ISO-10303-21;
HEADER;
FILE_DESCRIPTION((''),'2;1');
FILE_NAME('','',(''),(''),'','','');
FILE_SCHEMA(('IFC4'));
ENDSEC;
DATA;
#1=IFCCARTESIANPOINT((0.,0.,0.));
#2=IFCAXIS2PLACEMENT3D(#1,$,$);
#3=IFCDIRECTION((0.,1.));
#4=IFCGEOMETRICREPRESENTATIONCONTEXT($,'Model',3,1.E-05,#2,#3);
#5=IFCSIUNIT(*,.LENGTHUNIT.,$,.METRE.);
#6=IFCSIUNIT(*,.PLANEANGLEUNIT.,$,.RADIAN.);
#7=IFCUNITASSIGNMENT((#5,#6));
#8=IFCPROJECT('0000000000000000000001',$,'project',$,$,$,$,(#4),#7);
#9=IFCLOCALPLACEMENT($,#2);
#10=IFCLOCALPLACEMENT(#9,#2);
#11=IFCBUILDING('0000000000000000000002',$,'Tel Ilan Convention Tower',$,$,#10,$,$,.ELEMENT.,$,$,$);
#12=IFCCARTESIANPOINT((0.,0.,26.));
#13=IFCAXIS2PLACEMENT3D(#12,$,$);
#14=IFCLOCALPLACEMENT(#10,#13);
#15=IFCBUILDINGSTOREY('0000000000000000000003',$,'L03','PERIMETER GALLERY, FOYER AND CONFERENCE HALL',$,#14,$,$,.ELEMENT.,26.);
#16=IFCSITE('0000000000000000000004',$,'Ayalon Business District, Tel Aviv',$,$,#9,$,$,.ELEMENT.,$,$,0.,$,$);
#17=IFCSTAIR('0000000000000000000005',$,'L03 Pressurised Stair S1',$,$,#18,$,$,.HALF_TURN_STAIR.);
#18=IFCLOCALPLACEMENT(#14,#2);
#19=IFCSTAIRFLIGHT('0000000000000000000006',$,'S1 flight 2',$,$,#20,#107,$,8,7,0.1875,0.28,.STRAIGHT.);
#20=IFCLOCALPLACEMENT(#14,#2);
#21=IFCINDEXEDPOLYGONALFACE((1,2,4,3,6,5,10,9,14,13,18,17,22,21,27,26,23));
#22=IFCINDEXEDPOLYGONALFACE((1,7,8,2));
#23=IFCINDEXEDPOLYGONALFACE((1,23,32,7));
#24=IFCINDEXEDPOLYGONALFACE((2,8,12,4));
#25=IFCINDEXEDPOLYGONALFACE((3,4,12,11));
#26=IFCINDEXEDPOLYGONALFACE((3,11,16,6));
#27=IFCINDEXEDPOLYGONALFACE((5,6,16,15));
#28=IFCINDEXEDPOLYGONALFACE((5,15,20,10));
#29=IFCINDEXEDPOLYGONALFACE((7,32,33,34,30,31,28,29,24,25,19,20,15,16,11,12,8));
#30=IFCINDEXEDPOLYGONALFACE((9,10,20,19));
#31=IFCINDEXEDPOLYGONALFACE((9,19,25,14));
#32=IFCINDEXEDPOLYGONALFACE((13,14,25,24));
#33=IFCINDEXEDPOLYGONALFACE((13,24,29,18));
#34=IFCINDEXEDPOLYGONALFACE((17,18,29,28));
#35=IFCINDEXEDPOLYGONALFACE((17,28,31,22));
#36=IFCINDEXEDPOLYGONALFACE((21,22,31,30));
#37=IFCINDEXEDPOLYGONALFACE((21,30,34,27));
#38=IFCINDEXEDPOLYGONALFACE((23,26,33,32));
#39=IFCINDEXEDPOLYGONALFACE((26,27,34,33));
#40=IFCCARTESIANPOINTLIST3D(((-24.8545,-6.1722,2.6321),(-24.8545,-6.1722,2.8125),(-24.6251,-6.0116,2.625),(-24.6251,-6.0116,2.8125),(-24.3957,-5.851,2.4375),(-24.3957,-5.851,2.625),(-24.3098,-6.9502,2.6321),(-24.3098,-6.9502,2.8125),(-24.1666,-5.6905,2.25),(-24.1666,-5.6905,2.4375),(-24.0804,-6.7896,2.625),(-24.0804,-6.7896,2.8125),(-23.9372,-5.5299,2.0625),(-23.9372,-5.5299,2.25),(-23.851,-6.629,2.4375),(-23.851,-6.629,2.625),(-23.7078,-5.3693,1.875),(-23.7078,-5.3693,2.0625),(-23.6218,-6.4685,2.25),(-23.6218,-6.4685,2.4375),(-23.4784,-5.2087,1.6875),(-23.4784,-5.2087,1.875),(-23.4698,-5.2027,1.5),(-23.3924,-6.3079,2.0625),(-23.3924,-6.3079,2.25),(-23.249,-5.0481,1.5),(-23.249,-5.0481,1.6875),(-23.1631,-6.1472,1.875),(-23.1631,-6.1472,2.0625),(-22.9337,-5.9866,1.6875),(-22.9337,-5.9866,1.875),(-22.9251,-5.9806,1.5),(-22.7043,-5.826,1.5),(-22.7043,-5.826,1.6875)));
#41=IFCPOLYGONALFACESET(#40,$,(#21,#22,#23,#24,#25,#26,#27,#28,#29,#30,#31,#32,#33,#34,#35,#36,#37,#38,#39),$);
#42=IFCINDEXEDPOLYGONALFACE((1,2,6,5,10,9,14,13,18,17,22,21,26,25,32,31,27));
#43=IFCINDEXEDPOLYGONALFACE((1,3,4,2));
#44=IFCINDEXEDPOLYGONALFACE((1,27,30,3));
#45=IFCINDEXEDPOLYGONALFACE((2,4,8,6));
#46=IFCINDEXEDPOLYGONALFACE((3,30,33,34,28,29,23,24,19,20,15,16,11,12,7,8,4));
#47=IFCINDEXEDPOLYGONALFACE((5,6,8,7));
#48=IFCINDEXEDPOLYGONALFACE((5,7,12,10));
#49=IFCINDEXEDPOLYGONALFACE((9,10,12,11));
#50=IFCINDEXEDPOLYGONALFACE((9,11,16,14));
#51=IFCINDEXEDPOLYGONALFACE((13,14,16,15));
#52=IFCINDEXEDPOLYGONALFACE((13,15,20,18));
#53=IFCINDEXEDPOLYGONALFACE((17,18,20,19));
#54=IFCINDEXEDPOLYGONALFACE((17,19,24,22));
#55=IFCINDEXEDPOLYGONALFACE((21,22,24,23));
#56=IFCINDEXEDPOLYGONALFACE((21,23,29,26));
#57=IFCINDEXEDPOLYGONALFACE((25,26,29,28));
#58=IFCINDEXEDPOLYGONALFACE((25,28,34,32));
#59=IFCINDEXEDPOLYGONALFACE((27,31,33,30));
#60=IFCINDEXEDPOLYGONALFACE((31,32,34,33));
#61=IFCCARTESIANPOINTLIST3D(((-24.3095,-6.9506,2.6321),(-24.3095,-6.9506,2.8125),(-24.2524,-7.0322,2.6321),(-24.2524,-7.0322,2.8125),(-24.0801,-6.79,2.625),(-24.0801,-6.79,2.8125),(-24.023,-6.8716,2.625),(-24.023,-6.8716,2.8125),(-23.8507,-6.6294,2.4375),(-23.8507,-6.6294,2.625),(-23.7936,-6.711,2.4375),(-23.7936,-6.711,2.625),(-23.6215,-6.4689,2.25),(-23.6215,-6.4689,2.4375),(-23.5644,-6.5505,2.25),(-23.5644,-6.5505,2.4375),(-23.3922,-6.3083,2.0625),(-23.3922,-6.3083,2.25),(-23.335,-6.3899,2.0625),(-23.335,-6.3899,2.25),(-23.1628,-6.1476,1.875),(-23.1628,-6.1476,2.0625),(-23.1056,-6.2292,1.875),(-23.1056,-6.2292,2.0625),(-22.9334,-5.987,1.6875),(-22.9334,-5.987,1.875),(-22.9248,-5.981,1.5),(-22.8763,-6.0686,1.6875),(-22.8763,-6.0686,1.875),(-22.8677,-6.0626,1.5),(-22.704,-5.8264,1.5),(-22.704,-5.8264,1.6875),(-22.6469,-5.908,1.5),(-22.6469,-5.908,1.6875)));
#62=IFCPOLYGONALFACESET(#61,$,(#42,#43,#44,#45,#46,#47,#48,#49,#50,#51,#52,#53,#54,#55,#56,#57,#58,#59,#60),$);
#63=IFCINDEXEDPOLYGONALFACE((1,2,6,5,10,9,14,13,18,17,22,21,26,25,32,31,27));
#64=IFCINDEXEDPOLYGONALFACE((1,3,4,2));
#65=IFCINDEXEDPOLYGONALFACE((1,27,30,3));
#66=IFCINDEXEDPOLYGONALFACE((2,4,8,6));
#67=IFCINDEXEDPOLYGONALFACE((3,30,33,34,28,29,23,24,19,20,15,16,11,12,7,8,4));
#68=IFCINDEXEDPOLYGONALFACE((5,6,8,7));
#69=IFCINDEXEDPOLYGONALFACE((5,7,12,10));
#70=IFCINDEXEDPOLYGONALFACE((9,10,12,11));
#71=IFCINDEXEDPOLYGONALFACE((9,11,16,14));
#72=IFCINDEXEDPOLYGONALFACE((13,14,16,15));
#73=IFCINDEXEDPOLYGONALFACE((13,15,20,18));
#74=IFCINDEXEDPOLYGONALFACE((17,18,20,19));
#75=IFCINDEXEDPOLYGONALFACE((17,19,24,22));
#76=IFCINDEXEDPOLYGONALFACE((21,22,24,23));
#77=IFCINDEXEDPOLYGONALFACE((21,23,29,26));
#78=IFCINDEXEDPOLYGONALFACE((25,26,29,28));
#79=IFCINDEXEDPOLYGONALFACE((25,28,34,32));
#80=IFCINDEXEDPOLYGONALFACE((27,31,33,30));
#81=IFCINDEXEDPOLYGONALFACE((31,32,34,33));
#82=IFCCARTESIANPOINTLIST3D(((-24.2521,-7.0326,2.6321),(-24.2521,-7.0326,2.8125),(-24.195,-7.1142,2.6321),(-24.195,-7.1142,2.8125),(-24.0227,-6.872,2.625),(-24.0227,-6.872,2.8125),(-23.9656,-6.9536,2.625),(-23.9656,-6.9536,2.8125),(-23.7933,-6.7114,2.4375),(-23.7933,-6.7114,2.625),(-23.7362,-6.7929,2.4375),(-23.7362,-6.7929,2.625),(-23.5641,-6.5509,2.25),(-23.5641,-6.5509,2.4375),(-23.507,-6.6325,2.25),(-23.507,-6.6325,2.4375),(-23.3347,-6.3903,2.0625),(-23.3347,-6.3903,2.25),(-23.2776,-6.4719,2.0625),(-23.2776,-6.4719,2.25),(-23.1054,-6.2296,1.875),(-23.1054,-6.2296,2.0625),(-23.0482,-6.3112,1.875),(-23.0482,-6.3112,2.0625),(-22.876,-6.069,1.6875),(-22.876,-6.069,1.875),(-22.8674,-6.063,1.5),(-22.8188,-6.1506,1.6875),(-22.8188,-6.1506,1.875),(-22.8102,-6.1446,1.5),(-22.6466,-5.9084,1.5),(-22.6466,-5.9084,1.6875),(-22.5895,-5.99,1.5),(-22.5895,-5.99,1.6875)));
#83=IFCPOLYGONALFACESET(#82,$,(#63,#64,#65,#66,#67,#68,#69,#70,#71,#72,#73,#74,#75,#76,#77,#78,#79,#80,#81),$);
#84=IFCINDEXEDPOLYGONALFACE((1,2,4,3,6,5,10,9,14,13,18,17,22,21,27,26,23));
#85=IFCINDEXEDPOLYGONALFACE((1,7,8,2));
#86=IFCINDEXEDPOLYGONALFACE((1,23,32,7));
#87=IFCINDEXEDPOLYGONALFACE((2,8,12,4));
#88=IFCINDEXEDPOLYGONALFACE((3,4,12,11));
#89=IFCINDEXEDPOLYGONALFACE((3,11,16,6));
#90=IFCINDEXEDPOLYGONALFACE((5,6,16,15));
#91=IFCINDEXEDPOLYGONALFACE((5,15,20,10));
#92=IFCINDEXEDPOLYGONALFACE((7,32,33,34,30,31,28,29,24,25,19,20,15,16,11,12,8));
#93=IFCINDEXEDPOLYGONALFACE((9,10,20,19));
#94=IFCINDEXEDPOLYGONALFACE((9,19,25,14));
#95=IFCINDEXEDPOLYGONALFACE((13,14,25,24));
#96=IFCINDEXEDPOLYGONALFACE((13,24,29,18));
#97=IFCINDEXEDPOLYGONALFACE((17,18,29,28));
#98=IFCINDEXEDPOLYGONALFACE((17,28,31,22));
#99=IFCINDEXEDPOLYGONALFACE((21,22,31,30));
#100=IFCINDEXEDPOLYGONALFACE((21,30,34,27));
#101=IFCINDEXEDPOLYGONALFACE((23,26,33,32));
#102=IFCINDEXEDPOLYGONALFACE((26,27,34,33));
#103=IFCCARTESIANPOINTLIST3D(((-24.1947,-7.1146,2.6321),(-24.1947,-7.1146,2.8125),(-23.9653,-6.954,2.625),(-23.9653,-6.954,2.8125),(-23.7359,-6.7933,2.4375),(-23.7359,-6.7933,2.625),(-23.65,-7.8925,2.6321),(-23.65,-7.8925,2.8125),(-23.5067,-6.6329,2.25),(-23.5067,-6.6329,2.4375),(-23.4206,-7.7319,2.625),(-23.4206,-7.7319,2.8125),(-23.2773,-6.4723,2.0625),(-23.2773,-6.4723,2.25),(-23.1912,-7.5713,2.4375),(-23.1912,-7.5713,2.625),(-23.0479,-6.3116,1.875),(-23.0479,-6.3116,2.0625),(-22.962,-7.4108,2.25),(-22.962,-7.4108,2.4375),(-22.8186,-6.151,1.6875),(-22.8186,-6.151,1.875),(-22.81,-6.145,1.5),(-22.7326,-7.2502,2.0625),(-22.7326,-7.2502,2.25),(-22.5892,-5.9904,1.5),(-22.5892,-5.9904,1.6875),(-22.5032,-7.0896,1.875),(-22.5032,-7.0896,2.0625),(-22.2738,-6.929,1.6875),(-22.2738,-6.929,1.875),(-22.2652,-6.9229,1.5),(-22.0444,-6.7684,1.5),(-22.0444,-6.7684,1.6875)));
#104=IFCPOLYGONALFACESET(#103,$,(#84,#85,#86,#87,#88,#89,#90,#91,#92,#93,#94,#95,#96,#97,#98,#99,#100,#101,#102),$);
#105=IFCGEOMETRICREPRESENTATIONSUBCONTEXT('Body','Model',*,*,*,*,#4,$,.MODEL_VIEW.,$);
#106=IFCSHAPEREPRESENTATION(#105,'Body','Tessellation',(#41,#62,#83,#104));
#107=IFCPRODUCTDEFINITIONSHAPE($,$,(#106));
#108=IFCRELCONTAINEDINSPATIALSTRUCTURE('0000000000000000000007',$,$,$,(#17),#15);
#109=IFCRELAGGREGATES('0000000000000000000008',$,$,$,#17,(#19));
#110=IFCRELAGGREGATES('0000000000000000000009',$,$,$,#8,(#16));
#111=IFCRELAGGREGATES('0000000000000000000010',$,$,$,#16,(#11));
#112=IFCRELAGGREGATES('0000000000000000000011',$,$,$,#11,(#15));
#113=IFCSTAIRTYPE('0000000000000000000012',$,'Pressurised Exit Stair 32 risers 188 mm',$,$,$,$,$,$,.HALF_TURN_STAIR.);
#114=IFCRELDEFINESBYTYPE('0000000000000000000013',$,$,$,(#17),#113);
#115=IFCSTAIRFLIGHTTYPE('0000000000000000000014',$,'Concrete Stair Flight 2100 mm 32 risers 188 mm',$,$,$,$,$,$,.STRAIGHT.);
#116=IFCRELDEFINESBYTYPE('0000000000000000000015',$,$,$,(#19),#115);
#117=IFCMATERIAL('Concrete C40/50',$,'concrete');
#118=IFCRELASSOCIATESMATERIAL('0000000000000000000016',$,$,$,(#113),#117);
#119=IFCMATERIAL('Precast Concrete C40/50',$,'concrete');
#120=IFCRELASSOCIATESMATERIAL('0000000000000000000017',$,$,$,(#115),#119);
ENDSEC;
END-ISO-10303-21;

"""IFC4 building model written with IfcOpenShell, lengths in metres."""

from ifc_helpers import new_model, si_unit, direction, frame, origin, place, context, subcontext, project, spatial, polyline, outline, extrude, material, type_object, element, aggregate, save


model = new_model("IFC4")

# Units and contexts
model_context = context("Model", 3, precision=1e-05, world=origin(), true_north=direction((0.0, 1.0)))
body_context = subcontext(model_context, "Body", "Model", "MODEL_VIEW")
ifc_project = project(units=[si_unit("LENGTHUNIT", "METRE"), si_unit("PLANEANGLEUNIT", "RADIAN")], contexts=[model_context])

# Site, building, storey
site_placement = place(None, origin())
site = spatial("IfcSite", under=ifc_project, at=site_placement, Name="Ayalon Business District, Tel Aviv", CompositionType="ELEMENT", RefElevation=0.0)
building_placement = place(site_placement, origin())
building = spatial("IfcBuilding", under=site, at=building_placement, Name="Tel Ilan Convention Tower", CompositionType="ELEMENT")
storey_placement = place(building_placement, frame((0.0, 0.0, 26.0)))
storey = spatial("IfcBuildingStorey", under=building, at=storey_placement, Name="L03", Description="PERIMETER GALLERY, FOYER AND CONFERENCE HALL", CompositionType="ELEMENT", Elevation=26.0)

# Stair, stair flight
ifc_material_1 = material(Name="Concrete C40/50", Category="concrete")
stair_type = type_object("IfcStairType", Name="Pressurised Exit Stair 32 risers 188 mm", PredefinedType="HALF_TURN_STAIR", material=ifc_material_1)
stair_placement = place(storey_placement, origin())
stair = element("IfcStair", 1, at=stair_placement, inside=storey, type_object=stair_type, Name="L03 Pressurised Stair S1", PredefinedType="HALF_TURN_STAIR")
ifc_material_2 = material(Name="Precast Concrete C40/50", Category="concrete")
stair_flight_type = type_object("IfcStairFlightType", Name="Concrete Stair Flight 2100 mm 32 risers 188 mm", PredefinedType="STRAIGHT", material=ifc_material_2)
stair_flight_1_placement = place(storey_placement, frame((-22.6467, -5.9082, 1.5), z_axis=(0.0, 0.0, 1.0), x_axis=(-0.819152, -0.573576, 0.0)))
stair_flight_1 = element("IfcStairFlight", 2, at=stair_flight_1_placement, type_object=stair_flight_type, Name="S1 flight 2", NumberOfRisers=8, NumberOfTreads=7, PredefinedType="STRAIGHT", RiserHeight=0.1875, TreadLength=0.28, context=body_context, shape_type="SweptSolid", body=[
    extrude(outline(polyline([(0.0, 0.0), (0.0, 0.1875), (0.28, 0.1875), (0.28, 0.375), (0.5601, 0.375), (0.5601, 0.5625), (0.8401, 0.5625), (0.8401, 0.75), (1.1201, 0.75), (1.1201, 0.9375), (1.3999, 0.9375), (1.3999, 1.125), (1.6799, 1.125), (1.6799, 1.3125), (1.96, 1.3125), (1.96, 1.5), (1.96, 1.1321), (0.2695, 0.0), (0.0, 0.0)])), frame((0.0, -0.1003, 0.0), z_axis=(0.0, -1.0, 0.0), x_axis=(1.0, 0.0, 0.0)), (0.0, 0.0, 1.0), 0.9497),
    extrude(outline(polyline([(0.0, 0.0), (0.0, 0.1875), (0.28, 0.1875), (0.28, 0.375), (0.5601, 0.375), (0.5601, 0.5625), (0.8401, 0.5625), (0.8401, 0.75), (1.1201, 0.75), (1.1201, 0.9375), (1.3999, 0.9375), (1.3999, 1.125), (1.6799, 1.125), (1.6799, 1.3125), (1.96, 1.3125), (1.96, 1.5), (1.96, 1.1321), (0.2695, 0.0), (0.0, 0.0)])), frame((0.0, -0.0002, 0.0), z_axis=(0.0, -1.0, 0.0), x_axis=(1.0, 0.0, 0.0)), (0.0, 0.0, 1.0), 0.0996),
    extrude(outline(polyline([(0.0, 0.0), (0.0, 0.1875), (0.28, 0.1875), (0.28, 0.375), (0.5601, 0.375), (0.5601, 0.5625), (0.8401, 0.5625), (0.8401, 0.75), (1.1201, 0.75), (1.1201, 0.9375), (1.3999, 0.9375), (1.3999, 1.125), (1.6799, 1.125), (1.6799, 1.3125), (1.96, 1.3125), (1.96, 1.5), (1.96, 1.1321), (0.2695, 0.0), (0.0, 0.0)])), frame((0.0, 0.0999, 0.0), z_axis=(0.0, -1.0, 0.0), x_axis=(1.0, 0.0, 0.0)), (0.0, 0.0, 1.0), 0.0996),
    extrude(outline(polyline([(0.0, 0.0), (0.0, 0.1875), (0.28, 0.1875), (0.28, 0.375), (0.5601, 0.375), (0.5601, 0.5625), (0.8401, 0.5625), (0.8401, 0.75), (1.1201, 0.75), (1.1201, 0.9375), (1.3999, 0.9375), (1.3999, 1.125), (1.6799, 1.125), (1.6799, 1.3125), (1.96, 1.3125), (1.96, 1.5), (1.96, 1.1321), (0.2695, 0.0), (0.0, 0.0)])), frame((0.0, 1.05, 0.0), z_axis=(0.0, -1.0, 0.0), x_axis=(1.0, 0.0, 0.0)), (0.0, 0.0, 1.0), 0.9497),
])
aggregate(stair, [stair_flight_1])

save(model, "model.ifc")
